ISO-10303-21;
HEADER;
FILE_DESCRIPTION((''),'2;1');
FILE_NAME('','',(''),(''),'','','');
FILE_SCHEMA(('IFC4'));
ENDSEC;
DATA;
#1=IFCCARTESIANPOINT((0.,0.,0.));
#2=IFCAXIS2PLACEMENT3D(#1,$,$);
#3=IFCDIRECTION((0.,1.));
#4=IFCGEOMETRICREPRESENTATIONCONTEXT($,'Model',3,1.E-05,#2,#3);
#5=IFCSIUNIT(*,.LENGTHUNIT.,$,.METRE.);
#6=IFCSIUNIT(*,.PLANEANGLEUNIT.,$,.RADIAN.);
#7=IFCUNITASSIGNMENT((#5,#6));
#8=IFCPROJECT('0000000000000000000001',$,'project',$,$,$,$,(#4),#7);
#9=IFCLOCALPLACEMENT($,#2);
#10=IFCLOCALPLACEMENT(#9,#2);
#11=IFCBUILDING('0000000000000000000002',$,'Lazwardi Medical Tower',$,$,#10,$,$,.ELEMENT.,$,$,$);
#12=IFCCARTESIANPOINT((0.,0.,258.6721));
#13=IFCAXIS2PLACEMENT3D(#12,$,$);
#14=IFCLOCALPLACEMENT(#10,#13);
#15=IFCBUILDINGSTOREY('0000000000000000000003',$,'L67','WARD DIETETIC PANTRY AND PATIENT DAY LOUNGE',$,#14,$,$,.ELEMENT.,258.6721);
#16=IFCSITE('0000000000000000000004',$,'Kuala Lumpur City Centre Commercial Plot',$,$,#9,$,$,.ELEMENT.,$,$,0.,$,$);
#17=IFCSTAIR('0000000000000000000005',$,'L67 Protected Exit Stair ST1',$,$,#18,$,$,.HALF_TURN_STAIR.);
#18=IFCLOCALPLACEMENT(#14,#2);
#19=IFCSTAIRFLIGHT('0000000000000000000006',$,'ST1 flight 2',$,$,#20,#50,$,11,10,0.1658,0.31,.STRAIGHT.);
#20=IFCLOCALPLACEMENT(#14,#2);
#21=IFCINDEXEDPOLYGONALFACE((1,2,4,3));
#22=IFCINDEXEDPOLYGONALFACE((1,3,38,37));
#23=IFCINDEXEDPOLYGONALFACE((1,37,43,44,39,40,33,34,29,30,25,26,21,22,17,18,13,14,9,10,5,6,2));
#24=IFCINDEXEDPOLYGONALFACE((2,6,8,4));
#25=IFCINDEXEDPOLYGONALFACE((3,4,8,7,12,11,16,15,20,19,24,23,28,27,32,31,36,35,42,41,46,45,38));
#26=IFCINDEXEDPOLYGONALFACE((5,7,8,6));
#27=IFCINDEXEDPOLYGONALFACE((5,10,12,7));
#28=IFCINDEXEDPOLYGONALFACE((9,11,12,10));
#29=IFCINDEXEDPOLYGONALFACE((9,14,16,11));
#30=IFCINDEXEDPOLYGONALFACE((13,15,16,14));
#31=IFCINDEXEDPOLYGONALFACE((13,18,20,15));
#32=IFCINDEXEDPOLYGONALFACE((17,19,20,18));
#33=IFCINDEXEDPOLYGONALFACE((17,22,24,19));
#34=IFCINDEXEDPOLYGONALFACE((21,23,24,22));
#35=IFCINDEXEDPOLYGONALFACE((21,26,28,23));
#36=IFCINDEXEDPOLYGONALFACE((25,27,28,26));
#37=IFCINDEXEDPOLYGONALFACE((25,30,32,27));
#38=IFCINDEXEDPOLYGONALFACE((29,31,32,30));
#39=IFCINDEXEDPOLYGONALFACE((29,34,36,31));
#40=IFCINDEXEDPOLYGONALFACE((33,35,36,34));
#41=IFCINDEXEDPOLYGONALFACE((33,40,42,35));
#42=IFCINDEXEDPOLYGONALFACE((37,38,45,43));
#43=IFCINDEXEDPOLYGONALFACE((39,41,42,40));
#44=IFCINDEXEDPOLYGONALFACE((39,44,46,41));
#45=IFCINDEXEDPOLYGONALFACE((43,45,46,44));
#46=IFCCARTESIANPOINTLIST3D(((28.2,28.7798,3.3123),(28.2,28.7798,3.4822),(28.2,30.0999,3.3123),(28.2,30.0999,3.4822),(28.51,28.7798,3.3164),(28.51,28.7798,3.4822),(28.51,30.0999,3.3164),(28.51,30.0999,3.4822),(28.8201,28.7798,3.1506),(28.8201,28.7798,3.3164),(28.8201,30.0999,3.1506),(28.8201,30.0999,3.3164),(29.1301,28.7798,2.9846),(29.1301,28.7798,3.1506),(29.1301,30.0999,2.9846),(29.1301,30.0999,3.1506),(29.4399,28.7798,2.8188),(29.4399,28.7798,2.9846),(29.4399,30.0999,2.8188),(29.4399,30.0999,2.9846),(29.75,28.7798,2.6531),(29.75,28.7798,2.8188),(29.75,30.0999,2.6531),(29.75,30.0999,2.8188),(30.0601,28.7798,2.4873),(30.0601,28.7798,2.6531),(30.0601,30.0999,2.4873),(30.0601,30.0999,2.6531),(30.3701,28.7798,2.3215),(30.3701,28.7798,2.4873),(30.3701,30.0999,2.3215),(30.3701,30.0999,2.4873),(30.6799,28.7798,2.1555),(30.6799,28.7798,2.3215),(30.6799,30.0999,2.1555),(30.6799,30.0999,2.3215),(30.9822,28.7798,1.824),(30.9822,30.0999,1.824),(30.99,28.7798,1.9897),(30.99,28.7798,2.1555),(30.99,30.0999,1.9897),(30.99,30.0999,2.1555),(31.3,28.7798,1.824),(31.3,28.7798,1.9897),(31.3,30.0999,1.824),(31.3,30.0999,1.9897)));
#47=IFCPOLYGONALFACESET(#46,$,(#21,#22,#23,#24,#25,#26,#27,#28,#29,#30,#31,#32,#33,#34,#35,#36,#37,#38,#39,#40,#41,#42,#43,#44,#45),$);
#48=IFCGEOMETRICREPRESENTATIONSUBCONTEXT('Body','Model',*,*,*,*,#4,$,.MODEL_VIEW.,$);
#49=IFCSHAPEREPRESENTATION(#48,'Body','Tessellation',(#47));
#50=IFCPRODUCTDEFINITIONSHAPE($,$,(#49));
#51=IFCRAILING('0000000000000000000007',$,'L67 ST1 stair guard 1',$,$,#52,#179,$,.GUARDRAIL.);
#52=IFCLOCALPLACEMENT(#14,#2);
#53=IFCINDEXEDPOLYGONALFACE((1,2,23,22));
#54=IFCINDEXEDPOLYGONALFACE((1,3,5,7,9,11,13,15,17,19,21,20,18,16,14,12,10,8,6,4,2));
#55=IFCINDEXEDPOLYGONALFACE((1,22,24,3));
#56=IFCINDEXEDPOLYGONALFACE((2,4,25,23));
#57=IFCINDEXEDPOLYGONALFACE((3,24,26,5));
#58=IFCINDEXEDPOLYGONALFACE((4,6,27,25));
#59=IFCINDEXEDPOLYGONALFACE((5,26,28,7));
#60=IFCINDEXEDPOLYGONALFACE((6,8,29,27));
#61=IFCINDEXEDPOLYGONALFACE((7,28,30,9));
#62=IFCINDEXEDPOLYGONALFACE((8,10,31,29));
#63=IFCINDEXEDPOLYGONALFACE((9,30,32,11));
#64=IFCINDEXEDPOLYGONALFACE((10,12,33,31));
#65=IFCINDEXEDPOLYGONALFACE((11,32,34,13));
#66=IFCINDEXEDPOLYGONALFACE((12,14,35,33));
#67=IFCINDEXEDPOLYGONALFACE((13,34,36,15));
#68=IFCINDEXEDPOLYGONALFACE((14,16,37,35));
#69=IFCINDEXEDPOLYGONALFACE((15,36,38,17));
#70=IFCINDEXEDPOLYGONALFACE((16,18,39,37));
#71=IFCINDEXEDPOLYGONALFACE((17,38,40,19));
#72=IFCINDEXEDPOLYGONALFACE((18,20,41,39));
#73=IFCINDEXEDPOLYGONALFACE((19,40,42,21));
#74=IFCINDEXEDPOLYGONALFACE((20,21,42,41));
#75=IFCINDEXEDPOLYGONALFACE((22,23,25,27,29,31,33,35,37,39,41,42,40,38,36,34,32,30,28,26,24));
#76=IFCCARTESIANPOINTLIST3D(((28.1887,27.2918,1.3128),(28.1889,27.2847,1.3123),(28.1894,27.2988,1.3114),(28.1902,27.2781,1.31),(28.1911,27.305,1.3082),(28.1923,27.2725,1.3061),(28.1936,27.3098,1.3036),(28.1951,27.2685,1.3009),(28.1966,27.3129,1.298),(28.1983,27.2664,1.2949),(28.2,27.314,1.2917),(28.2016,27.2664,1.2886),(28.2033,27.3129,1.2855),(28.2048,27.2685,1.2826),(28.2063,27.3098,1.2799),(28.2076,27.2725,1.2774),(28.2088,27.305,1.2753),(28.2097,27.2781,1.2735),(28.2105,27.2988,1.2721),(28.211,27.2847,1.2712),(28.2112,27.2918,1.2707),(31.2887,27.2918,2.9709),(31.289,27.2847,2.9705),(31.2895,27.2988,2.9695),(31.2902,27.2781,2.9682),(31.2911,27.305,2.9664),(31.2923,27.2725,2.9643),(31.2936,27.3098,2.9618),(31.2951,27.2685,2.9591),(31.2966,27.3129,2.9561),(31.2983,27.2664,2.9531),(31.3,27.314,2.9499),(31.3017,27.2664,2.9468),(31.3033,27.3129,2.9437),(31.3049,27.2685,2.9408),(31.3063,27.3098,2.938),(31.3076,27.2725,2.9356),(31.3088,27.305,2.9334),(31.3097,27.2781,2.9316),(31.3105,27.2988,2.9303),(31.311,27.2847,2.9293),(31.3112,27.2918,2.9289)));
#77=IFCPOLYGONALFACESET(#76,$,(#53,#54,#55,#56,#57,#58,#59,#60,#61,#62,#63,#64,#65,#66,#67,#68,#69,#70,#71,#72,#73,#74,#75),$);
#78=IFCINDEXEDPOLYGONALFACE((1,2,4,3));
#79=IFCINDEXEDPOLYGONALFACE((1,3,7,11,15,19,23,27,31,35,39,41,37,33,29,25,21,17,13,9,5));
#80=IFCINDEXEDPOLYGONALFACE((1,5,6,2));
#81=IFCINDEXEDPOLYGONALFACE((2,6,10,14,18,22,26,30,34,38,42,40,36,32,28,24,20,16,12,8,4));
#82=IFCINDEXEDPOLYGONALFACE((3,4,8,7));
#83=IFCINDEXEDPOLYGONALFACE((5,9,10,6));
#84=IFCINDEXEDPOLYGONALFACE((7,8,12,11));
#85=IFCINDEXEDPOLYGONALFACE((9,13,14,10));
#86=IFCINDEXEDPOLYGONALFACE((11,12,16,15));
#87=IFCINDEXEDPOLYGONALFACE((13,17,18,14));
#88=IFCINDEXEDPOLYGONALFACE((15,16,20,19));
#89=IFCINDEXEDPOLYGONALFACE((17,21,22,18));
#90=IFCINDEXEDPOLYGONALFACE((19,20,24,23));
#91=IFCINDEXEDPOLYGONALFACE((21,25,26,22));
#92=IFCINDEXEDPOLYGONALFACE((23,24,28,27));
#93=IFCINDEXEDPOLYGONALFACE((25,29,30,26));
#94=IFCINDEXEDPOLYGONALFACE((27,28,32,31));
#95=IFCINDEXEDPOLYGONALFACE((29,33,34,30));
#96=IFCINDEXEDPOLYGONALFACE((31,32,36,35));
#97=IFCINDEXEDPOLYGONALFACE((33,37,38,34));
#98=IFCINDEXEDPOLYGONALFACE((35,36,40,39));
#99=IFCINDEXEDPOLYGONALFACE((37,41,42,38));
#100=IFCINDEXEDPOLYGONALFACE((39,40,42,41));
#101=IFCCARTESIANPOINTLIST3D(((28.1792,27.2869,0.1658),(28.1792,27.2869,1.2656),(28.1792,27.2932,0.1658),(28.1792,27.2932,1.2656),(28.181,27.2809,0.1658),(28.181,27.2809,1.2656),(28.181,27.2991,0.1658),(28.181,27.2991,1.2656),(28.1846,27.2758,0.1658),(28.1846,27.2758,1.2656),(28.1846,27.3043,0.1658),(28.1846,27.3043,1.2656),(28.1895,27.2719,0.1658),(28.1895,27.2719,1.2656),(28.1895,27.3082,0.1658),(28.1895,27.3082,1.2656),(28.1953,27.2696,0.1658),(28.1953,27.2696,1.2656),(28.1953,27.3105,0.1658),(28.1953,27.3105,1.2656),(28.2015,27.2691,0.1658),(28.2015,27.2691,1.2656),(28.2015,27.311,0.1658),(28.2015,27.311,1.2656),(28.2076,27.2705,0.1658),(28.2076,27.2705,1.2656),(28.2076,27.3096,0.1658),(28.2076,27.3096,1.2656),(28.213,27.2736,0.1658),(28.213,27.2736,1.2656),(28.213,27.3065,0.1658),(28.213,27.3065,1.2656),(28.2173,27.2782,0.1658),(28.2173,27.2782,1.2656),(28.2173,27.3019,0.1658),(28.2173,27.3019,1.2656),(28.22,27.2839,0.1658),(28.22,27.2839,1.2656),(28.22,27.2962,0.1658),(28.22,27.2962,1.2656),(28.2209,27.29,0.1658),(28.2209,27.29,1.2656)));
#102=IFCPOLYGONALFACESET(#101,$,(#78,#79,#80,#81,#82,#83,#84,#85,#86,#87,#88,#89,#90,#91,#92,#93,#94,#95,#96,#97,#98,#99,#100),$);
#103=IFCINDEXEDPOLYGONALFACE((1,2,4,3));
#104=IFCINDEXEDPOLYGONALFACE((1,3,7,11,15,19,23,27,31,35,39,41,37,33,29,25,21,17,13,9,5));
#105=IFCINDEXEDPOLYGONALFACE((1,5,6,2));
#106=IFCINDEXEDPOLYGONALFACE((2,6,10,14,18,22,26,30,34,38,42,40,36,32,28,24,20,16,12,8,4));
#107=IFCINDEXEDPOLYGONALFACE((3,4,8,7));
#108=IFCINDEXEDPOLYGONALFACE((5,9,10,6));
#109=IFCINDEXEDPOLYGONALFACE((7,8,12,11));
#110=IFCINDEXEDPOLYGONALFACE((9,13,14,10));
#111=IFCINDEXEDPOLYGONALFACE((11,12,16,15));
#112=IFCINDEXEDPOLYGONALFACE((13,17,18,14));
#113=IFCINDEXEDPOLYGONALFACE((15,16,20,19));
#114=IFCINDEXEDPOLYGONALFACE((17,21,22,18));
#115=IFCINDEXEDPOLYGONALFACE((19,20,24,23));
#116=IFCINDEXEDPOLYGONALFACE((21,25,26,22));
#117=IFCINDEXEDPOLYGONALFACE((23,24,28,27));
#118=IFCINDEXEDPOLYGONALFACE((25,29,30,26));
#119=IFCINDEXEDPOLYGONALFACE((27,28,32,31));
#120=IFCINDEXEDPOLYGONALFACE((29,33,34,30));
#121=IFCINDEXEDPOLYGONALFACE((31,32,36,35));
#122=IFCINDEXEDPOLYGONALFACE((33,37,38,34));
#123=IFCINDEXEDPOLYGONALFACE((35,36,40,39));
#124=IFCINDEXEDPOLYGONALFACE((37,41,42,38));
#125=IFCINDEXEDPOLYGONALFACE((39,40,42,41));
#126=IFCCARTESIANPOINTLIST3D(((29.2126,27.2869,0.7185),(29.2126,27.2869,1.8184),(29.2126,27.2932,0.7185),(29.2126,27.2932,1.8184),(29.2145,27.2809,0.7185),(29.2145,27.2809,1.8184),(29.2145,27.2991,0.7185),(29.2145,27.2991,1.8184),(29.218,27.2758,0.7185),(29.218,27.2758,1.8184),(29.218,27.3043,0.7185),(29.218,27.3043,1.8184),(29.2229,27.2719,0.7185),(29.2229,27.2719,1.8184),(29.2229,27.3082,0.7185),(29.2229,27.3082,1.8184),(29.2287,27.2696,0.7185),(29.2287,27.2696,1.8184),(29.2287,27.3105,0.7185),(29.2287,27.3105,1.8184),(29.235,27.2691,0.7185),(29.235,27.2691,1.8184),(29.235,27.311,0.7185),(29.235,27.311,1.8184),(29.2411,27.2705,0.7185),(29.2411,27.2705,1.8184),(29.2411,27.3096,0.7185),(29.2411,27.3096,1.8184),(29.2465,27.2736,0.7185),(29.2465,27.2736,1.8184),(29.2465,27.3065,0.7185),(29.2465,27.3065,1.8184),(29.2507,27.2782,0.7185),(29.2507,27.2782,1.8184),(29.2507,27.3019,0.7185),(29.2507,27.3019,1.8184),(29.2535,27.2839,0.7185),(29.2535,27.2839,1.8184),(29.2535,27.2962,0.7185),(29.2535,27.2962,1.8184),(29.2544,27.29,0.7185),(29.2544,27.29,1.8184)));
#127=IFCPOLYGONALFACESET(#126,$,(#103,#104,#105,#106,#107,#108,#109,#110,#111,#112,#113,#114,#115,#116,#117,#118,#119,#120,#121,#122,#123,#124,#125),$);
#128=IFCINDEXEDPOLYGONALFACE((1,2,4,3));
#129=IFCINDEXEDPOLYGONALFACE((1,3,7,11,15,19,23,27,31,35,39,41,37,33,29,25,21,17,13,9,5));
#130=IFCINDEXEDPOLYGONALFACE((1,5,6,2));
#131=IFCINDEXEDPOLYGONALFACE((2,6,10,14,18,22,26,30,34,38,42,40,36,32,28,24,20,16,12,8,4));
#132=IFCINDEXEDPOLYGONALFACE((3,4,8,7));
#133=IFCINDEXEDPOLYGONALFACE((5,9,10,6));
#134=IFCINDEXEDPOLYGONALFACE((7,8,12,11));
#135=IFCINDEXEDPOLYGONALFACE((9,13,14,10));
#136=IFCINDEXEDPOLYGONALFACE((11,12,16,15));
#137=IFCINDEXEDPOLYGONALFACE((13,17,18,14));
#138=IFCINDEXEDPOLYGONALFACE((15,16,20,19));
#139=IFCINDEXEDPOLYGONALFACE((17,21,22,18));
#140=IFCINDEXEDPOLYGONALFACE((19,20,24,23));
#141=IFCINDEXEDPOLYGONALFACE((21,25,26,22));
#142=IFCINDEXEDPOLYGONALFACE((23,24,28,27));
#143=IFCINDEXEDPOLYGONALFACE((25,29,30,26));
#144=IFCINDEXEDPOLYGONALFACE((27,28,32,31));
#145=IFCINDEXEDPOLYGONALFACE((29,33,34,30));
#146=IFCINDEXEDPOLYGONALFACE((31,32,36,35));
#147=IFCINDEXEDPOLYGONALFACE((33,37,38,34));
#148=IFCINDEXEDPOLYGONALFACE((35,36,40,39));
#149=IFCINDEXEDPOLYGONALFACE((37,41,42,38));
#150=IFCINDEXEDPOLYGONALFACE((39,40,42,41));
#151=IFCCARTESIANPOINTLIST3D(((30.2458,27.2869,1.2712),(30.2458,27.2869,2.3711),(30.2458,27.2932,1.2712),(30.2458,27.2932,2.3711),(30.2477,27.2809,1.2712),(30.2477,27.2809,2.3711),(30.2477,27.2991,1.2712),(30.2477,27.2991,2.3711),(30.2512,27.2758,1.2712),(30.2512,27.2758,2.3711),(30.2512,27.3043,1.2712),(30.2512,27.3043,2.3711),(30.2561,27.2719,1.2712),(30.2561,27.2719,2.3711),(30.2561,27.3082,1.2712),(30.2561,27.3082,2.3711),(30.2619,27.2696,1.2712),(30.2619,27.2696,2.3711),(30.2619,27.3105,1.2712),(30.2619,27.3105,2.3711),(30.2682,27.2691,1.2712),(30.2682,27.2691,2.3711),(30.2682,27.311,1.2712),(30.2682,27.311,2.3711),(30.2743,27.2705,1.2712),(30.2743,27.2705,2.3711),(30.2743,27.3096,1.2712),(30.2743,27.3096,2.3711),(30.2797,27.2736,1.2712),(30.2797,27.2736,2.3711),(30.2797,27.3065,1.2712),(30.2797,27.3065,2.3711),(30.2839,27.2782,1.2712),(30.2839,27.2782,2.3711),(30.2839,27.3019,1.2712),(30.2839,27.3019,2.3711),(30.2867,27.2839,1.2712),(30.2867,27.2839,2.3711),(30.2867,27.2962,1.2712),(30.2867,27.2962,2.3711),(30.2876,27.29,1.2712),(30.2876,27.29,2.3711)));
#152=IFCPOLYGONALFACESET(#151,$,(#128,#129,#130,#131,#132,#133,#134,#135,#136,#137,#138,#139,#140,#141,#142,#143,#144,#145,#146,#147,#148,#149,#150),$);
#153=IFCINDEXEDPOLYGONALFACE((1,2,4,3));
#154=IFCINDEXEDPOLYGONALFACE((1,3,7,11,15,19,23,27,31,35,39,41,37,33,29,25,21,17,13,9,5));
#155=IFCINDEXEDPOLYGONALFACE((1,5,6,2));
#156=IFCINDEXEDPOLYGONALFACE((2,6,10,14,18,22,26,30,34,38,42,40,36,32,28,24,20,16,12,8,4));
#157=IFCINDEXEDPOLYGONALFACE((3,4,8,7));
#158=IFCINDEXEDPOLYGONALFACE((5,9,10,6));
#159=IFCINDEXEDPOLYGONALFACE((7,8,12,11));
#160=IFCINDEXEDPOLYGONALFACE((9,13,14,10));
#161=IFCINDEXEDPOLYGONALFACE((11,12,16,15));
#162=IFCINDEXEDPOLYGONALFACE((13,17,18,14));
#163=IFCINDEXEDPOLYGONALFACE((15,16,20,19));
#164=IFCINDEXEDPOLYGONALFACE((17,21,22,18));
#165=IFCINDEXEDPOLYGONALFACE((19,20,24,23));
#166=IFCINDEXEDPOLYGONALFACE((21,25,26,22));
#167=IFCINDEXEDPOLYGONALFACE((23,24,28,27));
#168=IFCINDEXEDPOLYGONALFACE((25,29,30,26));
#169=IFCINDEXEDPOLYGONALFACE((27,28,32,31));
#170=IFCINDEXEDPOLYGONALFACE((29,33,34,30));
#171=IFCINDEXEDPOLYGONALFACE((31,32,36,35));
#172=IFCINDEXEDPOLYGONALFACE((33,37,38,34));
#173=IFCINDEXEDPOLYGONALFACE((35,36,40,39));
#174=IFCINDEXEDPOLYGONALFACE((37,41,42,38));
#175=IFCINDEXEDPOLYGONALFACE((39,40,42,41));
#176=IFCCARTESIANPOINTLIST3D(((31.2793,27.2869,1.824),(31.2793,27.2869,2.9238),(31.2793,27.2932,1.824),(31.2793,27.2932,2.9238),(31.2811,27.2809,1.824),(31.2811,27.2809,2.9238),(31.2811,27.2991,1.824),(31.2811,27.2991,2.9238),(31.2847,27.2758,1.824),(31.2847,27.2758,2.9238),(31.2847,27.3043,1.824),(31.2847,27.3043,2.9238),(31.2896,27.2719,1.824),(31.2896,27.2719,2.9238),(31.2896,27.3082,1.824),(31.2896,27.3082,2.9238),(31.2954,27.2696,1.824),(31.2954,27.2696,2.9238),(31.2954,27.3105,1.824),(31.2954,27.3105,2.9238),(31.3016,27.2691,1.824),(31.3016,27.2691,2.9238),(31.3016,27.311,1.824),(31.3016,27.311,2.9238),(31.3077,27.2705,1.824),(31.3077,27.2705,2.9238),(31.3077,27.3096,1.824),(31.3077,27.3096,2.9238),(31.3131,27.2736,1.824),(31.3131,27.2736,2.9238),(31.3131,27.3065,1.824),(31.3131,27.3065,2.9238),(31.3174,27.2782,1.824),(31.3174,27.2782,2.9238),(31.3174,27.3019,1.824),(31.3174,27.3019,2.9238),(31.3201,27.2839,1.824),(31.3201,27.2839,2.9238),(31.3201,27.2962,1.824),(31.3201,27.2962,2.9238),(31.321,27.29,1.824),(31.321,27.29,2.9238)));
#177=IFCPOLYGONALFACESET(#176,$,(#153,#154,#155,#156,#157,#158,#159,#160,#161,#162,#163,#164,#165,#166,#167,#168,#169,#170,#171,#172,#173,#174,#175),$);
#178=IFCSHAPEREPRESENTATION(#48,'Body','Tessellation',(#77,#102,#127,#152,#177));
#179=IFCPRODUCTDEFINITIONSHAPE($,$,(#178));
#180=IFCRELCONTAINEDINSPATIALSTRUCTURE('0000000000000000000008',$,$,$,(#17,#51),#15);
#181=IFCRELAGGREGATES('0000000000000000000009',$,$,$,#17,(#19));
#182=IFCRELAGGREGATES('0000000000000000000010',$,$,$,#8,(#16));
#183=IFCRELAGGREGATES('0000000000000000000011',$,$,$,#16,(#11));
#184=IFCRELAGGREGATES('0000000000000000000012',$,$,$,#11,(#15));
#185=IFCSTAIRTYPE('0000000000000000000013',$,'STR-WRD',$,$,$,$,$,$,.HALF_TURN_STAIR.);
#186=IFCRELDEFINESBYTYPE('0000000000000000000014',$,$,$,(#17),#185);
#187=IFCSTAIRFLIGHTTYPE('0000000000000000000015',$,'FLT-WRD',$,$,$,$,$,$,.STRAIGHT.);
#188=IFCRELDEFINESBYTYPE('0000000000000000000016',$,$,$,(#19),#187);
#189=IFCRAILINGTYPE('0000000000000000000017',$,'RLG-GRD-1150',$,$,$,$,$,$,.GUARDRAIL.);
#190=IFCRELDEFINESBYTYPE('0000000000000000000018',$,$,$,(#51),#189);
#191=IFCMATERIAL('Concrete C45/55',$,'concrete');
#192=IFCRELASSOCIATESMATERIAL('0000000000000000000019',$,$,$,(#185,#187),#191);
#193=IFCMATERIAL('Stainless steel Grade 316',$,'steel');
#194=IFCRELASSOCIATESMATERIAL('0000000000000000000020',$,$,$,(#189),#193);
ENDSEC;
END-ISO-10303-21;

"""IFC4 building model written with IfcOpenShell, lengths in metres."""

from ifc_helpers import new_model, si_unit, direction, frame, origin, origin_2d, place, context, subcontext, project, spatial, polyline, circle, outline, extrude, material, type_object, element, aggregate, save


model = new_model("IFC4")

# Units and contexts
model_context = context("Model", 3, precision=1e-05, world=origin(), true_north=direction((0.0, 1.0)))
body_context = subcontext(model_context, "Body", "Model", "MODEL_VIEW")
ifc_project = project(units=[si_unit("LENGTHUNIT", "METRE"), si_unit("PLANEANGLEUNIT", "RADIAN")], contexts=[model_context])

# Site, building, storey
site_placement = place(None, origin())
site = spatial("IfcSite", under=ifc_project, at=site_placement, Name="Kuala Lumpur City Centre Commercial Plot", CompositionType="ELEMENT", RefElevation=0.0)
building_placement = place(site_placement, origin())
building = spatial("IfcBuilding", under=site, at=building_placement, Name="Lazwardi Medical Tower", CompositionType="ELEMENT")
storey_placement = place(building_placement, frame((0.0, 0.0, 258.6721)))
storey = spatial("IfcBuildingStorey", under=building, at=storey_placement, Name="L67", Description="WARD DIETETIC PANTRY AND PATIENT DAY LOUNGE", CompositionType="ELEMENT", Elevation=258.6721)

# Stair, stair flight
ifc_material_1 = material(Name="Concrete C45/55", Category="concrete")
stair_type = type_object("IfcStairType", Name="STR-WRD", PredefinedType="HALF_TURN_STAIR", material=ifc_material_1)
stair_placement = place(storey_placement, origin())
stair = element("IfcStair", 1, at=stair_placement, inside=storey, type_object=stair_type, Name="L67 Protected Exit Stair ST1", PredefinedType="HALF_TURN_STAIR")
stair_flight_type = type_object("IfcStairFlightType", Name="FLT-WRD", PredefinedType="STRAIGHT", material=ifc_material_1)
stair_flight_1_placement = place(storey_placement, frame((31.3, 29.4399, 1.824), z_axis=(0.0, 0.0, 1.0), x_axis=(-1.0, 0.0, 0.0)))
stair_flight_1 = element("IfcStairFlight", 2, at=stair_flight_1_placement, type_object=stair_flight_type, Name="ST1 flight 2", NumberOfRisers=11, NumberOfTreads=10, PredefinedType="STRAIGHT", RiserHeight=0.1658, TreadLength=0.31, context=body_context, shape_type="SweptSolid", body=[
    extrude(outline(polyline([(0.0, 0.0), (0.0, 0.1658), (0.3101, 0.1658), (0.3101, 0.3315), (0.6201, 0.3315), (0.6201, 0.4976), (0.9299, 0.4976), (0.9299, 0.6633), (1.24, 0.6633), (1.24, 0.8291), (1.55, 0.8291), (1.55, 0.9949), (1.8601, 0.9949), (1.8601, 1.1606), (2.1699, 1.1606), (2.1699, 1.3267), (2.48, 1.3267), (2.48, 1.4924), (2.79, 1.4924), (2.79, 1.6582), (3.1001, 1.6582), (3.1001, 1.824), (3.1001, 1.4883), (0.3179, 0.0), (0.0, 0.0)])), frame((0.0, 0.6602, 0.0), z_axis=(0.0, -1.0, 0.0), x_axis=(1.0, 0.0, 0.0)), (0.0, 0.0, 1.0), 1.3201),
])
aggregate(stair, [stair_flight_1])

# Railing
ifc_material_2 = material(Name="Stainless steel Grade 316", Category="steel")
railing_type_1 = type_object("IfcRailingType", Name="RLG-GRD-1150", PredefinedType="GUARDRAIL", material=ifc_material_2)
railing_1_placement = place(storey_placement, frame((28.2, 27.29, 0.1658)))
element("IfcRailing", 3, at=railing_1_placement, inside=storey, type_object=railing_type_1, Name="L67 ST1 stair guard 1", PredefinedType="GUARDRAIL", context=body_context, shape_type="SweptSolid", body=[
    extrude(circle(Radius=0.0239, at=origin_2d()), frame((0.0, 0.0, 1.126), z_axis=(0.881783, 0.0, 0.471655), x_axis=(0.0, 1.0, 0.0)), (0.0, 0.0, 1.0), 3.5156),
    extrude(circle(Radius=0.021, at=origin_2d()), origin(), (0.0, 0.0, 1.0), 1.0999),
    extrude(circle(Radius=0.021, at=origin_2d()), frame((1.0334, 0.0, 0.5527)), (0.0, 0.0, 1.0), 1.0999),
    extrude(circle(Radius=0.021, at=origin_2d()), frame((2.0667, 0.0, 1.1055)), (0.0, 0.0, 1.0), 1.0999),
    extrude(circle(Radius=0.021, at=origin_2d()), frame((3.1001, 0.0, 1.6582)), (0.0, 0.0, 1.0), 1.0999),
])

save(model, "model.ifc")
